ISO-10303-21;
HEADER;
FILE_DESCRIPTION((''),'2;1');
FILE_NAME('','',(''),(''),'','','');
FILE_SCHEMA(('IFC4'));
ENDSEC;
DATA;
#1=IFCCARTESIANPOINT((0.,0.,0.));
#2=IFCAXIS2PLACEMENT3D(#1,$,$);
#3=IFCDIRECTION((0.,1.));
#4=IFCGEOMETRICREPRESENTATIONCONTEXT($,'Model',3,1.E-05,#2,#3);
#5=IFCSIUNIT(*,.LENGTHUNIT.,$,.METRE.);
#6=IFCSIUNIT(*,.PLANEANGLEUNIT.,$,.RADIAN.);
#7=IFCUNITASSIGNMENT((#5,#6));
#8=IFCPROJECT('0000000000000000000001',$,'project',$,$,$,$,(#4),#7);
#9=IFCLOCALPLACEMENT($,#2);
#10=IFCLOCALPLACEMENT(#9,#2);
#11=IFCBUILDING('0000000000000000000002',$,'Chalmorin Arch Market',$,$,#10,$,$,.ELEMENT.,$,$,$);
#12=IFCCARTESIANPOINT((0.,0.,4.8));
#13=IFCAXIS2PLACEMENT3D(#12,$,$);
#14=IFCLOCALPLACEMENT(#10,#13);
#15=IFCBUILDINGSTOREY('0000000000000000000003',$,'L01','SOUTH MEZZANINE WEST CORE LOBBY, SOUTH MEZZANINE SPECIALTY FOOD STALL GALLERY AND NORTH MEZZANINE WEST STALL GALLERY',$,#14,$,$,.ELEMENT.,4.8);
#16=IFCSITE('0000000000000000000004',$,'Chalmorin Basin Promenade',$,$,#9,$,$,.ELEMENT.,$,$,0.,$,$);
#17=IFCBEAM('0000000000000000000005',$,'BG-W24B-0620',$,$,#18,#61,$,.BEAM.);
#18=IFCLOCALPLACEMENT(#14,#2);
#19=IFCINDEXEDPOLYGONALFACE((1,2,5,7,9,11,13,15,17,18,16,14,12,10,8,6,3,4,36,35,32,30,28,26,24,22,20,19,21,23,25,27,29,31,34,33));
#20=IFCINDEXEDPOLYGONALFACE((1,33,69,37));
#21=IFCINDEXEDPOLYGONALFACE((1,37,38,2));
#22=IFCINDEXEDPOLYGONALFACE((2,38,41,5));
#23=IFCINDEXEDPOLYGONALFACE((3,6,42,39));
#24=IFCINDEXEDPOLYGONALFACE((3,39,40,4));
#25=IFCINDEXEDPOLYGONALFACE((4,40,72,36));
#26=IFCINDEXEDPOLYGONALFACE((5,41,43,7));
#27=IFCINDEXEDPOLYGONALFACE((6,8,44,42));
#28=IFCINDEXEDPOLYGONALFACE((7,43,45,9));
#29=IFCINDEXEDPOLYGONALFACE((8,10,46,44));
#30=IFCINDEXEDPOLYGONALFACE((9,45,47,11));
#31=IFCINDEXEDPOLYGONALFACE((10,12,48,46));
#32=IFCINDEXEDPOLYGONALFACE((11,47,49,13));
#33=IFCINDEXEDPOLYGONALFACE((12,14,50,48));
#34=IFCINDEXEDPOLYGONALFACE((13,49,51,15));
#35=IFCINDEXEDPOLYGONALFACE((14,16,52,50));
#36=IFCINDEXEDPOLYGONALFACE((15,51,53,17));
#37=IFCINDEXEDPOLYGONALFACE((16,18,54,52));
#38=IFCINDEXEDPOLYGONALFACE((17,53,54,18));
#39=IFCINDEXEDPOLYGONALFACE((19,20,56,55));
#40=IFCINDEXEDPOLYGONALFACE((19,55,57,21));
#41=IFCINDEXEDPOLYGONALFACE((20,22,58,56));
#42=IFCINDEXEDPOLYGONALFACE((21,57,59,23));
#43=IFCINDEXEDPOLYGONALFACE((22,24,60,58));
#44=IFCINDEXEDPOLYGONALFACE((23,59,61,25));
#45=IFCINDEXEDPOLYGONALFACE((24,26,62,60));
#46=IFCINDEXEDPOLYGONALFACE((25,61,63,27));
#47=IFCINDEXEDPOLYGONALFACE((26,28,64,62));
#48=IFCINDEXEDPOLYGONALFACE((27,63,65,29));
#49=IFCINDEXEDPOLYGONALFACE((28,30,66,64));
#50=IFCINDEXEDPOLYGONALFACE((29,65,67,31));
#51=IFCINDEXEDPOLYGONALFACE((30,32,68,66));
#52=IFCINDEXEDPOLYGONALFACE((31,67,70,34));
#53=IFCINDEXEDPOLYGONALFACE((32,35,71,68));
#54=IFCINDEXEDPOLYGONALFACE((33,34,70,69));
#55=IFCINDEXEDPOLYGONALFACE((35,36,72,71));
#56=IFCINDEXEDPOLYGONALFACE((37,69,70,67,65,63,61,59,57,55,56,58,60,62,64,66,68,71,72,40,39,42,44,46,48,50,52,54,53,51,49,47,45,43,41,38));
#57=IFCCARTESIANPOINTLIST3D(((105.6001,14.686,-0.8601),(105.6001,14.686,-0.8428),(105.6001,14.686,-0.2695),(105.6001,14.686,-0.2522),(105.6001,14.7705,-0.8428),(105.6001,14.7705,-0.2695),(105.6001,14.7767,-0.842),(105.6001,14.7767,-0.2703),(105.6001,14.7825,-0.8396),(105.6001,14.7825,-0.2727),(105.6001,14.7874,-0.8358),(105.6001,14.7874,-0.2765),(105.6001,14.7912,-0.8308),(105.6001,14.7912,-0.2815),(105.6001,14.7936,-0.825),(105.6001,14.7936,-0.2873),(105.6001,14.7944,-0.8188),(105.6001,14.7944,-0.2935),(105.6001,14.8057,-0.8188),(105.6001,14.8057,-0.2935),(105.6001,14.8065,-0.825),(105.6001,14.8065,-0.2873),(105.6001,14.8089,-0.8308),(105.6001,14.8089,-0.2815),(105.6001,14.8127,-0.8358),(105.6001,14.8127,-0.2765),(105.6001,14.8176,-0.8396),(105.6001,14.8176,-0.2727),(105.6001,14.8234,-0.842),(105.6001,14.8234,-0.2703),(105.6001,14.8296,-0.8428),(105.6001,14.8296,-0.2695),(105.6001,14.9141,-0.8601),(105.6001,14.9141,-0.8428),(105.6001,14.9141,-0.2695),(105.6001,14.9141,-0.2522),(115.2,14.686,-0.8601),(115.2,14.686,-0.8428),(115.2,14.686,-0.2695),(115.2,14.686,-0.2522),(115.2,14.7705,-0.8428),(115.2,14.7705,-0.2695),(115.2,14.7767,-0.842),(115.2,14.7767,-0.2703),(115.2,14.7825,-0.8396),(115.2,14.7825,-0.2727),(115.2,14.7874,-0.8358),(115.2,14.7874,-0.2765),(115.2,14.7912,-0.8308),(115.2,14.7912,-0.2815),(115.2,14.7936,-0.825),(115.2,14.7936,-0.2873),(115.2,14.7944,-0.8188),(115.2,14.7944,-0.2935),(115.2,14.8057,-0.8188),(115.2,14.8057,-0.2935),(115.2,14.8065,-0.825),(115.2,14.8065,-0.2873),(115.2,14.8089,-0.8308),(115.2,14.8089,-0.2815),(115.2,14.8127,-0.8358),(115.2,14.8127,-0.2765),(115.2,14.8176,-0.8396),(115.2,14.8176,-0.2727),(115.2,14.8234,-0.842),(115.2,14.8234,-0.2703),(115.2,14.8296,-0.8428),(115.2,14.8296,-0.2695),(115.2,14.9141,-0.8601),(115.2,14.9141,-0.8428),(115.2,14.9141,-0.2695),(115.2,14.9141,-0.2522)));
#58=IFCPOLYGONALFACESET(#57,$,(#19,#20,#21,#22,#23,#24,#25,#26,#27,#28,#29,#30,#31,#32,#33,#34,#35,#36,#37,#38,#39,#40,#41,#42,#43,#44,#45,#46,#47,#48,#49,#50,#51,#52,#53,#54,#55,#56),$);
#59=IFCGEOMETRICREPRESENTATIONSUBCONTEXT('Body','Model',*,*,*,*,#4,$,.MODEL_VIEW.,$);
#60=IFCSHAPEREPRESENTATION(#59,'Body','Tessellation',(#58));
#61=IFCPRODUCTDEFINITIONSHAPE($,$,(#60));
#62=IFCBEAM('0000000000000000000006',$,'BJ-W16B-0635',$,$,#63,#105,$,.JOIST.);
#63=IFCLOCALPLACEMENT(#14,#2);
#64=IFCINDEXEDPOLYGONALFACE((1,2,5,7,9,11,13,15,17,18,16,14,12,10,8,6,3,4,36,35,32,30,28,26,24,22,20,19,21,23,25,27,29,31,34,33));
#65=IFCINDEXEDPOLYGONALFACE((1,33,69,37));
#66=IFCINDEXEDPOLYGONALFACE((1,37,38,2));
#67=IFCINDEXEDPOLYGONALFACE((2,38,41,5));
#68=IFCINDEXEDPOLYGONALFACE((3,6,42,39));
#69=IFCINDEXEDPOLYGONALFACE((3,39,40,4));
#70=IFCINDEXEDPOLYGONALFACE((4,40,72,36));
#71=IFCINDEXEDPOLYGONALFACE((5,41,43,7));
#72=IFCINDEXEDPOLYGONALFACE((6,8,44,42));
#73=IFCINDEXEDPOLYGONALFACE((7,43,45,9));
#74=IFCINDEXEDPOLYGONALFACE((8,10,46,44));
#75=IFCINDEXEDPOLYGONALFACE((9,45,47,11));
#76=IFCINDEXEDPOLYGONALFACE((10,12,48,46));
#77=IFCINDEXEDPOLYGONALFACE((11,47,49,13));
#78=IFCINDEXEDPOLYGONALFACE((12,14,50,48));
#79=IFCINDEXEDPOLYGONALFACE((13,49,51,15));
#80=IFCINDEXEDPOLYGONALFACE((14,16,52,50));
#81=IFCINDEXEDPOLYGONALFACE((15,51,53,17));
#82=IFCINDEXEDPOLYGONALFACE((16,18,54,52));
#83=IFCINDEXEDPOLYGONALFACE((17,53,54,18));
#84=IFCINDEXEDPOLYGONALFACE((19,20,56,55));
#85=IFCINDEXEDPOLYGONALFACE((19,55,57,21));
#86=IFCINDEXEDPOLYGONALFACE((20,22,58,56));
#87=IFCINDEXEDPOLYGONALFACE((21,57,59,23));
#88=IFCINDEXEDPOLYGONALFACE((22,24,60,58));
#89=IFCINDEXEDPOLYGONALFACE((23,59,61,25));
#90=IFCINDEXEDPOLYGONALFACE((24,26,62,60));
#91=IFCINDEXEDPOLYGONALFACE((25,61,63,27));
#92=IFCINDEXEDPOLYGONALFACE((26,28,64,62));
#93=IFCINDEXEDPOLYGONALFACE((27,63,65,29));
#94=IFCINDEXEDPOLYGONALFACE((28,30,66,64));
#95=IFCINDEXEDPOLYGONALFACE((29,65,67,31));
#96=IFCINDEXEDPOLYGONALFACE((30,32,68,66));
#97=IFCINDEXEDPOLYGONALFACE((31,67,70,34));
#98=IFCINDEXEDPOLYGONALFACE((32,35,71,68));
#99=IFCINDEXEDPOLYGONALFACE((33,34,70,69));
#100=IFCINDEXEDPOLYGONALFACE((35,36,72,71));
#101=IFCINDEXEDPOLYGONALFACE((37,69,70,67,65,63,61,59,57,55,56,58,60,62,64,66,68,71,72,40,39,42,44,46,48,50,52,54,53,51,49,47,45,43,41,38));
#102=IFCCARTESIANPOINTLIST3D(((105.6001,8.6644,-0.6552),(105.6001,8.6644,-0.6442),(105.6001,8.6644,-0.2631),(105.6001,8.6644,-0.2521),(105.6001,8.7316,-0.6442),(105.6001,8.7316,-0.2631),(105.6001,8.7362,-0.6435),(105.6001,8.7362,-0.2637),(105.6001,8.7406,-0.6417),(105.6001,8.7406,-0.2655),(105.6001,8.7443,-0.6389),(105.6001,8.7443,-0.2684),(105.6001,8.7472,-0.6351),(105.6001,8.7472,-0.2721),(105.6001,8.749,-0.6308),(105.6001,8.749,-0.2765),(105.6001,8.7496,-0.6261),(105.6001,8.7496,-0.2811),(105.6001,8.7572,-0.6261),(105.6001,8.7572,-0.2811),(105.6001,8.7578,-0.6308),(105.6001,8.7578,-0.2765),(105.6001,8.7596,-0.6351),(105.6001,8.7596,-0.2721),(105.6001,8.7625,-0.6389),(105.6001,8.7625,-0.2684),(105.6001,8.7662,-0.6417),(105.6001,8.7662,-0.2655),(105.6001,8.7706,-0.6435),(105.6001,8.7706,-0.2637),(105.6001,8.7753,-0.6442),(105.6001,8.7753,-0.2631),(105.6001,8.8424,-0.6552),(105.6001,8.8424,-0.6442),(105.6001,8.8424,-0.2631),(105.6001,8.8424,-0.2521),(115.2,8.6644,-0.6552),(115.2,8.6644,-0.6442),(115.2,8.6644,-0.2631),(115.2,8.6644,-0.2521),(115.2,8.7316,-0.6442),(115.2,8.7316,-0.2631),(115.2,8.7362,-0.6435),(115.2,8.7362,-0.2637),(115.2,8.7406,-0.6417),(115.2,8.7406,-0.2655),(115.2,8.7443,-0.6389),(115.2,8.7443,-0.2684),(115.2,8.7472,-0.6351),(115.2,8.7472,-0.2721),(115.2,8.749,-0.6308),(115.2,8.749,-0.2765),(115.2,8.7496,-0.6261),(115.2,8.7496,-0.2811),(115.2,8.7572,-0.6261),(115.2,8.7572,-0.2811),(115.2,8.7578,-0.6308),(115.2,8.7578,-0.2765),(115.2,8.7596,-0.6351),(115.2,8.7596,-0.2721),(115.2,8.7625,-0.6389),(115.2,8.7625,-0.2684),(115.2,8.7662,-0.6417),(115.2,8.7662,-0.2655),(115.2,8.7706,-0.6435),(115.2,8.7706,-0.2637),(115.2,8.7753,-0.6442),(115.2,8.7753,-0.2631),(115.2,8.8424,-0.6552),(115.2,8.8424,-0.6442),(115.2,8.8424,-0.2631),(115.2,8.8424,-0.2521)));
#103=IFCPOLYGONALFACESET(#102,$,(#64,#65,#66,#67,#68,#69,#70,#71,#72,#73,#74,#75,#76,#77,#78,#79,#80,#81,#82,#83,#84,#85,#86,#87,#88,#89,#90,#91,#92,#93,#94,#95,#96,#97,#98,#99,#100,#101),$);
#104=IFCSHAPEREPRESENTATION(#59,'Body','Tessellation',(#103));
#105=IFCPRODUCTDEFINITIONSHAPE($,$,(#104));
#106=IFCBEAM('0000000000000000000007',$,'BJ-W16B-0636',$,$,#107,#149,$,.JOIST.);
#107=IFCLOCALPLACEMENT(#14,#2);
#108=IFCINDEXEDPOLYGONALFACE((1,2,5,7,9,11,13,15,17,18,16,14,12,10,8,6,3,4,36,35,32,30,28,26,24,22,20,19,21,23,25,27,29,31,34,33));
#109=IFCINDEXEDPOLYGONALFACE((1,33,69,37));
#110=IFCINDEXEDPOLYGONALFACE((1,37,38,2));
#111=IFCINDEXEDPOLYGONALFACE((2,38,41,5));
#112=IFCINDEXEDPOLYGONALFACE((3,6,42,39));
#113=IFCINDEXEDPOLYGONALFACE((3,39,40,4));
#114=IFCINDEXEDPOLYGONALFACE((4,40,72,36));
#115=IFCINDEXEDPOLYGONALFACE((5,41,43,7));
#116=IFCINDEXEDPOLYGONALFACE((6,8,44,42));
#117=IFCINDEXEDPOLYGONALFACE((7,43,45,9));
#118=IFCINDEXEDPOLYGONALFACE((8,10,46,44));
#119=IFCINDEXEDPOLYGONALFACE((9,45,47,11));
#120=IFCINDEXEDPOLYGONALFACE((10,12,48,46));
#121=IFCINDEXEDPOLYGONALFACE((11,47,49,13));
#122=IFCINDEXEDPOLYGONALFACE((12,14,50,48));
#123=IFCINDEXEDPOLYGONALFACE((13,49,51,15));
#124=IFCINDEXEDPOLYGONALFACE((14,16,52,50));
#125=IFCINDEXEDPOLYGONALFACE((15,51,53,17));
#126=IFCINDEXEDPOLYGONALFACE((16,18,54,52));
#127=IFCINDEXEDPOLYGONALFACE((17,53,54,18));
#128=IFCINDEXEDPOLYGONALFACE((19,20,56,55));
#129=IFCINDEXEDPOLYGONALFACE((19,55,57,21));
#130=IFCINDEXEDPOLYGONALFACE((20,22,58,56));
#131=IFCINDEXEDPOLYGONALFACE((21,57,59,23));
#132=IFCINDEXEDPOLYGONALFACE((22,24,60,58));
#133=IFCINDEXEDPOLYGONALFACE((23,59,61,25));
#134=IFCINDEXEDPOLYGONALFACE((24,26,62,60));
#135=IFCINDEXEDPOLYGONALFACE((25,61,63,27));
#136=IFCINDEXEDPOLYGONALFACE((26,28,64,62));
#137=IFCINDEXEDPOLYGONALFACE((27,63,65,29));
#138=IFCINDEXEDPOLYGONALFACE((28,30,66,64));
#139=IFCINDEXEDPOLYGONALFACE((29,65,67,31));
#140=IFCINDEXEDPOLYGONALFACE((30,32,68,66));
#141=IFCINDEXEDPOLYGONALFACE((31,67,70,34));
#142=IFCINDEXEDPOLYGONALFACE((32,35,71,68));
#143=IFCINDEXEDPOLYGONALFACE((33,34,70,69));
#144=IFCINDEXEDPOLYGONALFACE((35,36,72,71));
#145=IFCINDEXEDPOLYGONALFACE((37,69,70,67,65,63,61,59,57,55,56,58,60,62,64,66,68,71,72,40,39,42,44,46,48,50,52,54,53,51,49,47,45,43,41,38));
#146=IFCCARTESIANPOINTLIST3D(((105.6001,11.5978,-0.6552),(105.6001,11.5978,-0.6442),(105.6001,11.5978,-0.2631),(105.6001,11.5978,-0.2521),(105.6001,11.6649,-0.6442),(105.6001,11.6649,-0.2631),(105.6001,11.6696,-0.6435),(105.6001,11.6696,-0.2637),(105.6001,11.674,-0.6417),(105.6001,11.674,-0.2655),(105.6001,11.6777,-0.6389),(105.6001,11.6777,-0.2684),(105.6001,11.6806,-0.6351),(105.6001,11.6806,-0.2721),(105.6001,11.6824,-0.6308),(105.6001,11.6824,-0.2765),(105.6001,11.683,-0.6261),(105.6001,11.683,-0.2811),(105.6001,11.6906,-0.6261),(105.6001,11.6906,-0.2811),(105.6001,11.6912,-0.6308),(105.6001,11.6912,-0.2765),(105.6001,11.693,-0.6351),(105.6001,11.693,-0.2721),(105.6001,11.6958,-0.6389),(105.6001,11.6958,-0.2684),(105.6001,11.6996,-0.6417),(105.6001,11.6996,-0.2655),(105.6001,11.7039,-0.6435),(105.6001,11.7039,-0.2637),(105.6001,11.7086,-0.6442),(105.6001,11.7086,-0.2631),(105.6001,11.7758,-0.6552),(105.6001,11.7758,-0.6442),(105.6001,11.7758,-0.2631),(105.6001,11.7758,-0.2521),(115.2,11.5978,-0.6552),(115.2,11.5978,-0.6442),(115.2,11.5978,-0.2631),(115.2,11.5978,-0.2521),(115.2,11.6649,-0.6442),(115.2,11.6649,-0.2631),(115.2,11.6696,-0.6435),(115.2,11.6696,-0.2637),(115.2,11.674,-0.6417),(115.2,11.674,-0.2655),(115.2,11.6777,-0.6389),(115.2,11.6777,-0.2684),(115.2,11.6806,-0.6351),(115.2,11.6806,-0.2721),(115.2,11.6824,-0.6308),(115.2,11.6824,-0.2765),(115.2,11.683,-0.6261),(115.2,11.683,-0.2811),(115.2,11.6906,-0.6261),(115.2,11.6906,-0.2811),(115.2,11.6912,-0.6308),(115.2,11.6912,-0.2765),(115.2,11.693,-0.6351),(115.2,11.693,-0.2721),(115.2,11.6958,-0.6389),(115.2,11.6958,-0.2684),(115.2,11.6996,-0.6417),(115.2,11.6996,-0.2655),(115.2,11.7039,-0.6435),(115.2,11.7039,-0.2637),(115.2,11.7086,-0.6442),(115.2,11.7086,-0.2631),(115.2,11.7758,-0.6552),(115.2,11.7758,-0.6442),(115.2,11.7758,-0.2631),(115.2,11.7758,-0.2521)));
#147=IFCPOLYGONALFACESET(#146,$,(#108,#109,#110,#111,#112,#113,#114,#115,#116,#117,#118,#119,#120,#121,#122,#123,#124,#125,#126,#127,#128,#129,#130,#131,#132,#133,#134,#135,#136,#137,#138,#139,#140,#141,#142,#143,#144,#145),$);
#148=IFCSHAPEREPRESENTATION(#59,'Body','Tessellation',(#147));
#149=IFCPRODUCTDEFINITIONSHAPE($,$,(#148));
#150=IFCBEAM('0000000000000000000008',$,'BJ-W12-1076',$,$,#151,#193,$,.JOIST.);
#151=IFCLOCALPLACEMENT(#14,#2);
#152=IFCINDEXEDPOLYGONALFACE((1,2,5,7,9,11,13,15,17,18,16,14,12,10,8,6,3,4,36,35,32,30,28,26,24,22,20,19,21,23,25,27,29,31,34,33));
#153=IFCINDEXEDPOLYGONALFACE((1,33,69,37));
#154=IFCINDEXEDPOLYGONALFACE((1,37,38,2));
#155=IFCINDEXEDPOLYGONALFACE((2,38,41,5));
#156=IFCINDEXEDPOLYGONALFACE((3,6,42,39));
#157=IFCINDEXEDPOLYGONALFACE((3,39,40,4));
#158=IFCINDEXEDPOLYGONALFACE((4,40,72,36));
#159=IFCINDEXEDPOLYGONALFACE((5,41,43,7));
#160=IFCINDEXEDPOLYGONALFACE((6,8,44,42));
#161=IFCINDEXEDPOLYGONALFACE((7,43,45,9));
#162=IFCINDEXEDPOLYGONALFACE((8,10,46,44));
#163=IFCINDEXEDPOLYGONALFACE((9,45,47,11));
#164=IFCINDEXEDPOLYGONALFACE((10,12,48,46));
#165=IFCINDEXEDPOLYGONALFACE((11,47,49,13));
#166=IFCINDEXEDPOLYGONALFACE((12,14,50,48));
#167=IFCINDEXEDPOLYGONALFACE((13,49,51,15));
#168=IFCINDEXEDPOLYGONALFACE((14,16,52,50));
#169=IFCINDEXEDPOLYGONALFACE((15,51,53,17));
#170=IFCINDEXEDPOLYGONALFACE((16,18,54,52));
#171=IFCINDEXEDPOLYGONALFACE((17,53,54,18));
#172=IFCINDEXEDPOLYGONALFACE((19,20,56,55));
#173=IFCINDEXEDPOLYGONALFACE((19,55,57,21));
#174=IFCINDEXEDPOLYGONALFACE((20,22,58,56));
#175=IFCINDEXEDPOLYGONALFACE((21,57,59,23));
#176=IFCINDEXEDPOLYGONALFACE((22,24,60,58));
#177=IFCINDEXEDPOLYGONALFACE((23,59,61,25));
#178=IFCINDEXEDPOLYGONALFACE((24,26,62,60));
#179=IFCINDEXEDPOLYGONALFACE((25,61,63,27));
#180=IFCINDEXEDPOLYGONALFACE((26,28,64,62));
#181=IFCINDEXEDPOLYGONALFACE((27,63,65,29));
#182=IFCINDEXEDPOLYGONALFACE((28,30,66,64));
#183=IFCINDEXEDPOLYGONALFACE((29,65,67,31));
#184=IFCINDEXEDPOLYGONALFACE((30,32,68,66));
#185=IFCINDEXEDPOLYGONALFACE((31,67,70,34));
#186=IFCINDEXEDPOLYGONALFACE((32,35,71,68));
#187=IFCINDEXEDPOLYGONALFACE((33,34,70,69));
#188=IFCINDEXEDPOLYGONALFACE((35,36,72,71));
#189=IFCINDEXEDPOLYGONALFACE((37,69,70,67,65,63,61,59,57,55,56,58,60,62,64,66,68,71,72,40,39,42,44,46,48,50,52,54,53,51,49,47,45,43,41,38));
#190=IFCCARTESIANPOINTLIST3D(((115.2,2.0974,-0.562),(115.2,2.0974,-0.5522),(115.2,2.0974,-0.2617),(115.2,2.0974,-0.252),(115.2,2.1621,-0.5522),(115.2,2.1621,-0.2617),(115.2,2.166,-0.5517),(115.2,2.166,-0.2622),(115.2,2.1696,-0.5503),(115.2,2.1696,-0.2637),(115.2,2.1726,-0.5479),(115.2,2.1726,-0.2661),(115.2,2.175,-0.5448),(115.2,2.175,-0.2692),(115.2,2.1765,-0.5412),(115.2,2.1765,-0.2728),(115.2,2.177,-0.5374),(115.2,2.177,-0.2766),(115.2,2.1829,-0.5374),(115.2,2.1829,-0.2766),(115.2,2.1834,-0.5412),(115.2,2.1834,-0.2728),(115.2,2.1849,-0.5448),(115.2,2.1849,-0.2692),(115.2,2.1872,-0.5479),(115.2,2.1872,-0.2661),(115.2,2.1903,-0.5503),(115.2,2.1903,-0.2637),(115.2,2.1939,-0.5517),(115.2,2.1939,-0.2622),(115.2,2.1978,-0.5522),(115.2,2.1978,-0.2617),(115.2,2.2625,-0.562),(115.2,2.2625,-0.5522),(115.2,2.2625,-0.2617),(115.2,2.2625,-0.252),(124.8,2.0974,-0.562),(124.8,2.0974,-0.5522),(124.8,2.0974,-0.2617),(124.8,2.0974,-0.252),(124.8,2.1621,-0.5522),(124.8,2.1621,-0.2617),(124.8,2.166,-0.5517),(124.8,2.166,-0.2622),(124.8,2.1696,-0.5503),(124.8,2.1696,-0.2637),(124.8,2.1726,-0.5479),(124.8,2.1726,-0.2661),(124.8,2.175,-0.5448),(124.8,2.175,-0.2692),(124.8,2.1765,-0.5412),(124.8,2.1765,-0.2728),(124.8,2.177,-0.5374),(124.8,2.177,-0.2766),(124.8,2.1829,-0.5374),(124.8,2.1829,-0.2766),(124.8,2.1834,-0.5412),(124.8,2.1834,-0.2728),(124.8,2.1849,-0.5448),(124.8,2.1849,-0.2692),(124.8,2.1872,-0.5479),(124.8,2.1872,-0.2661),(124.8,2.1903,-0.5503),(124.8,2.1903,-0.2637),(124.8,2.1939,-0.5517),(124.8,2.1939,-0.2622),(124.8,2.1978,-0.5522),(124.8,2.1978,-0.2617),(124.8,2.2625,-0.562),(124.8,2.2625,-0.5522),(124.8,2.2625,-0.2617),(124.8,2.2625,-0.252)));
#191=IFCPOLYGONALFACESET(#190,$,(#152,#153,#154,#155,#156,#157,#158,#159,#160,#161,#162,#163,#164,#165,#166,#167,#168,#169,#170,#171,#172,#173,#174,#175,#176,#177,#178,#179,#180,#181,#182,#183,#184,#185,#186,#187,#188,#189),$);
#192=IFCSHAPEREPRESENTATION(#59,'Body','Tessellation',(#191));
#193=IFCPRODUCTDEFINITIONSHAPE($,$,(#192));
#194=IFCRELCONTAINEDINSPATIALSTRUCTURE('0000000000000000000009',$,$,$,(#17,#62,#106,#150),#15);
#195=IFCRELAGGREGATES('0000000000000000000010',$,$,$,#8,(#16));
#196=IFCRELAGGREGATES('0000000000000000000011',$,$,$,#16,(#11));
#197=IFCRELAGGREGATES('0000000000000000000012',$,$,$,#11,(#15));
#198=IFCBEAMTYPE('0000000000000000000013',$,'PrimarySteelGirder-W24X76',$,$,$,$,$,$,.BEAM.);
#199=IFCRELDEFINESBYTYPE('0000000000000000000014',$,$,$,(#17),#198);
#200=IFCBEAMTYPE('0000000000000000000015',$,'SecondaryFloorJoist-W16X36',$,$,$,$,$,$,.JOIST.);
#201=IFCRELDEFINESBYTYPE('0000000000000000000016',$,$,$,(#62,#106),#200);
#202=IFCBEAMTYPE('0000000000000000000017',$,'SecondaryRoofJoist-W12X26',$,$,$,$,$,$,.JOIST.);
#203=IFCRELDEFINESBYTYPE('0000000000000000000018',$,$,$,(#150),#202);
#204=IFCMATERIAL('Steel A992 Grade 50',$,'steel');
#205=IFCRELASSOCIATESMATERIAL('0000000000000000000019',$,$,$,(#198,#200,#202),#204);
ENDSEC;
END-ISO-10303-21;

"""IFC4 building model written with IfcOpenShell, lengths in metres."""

from ifc_helpers import new_model, si_unit, direction, frame, origin, origin_2d, place, context, subcontext, project, spatial, i_section, extrude, material, material_profile, profile_set, type_object, element, save


model = new_model("IFC4")

# Units and contexts
model_context = context("Model", 3, precision=1e-05, world=origin(), true_north=direction((0.0, 1.0)))
body_context = subcontext(model_context, "Body", "Model", "MODEL_VIEW")
ifc_project = project(units=[si_unit("LENGTHUNIT", "METRE"), si_unit("PLANEANGLEUNIT", "RADIAN")], contexts=[model_context])

# Site, building, storey
site_placement = place(None, origin())
site = spatial("IfcSite", under=ifc_project, at=site_placement, Name="Chalmorin Basin Promenade", CompositionType="ELEMENT", RefElevation=0.0)
building_placement = place(site_placement, origin())
building = spatial("IfcBuilding", under=site, at=building_placement, Name="Chalmorin Arch Market", CompositionType="ELEMENT")
storey_placement = place(building_placement, frame((0.0, 0.0, 4.8)))
storey = spatial("IfcBuildingStorey", under=building, at=storey_placement, Name="L01", Description="SOUTH MEZZANINE WEST CORE LOBBY, SOUTH MEZZANINE SPECIALTY FOOD STALL GALLERY AND NORTH MEZZANINE WEST STALL GALLERY", CompositionType="ELEMENT", Elevation=4.8)

# Beams
ifc_material_1 = material(Name="Steel A992 Grade 50", Category="steel")
ifc_material_profile_1 = material_profile(ifc_material_1, i_section(OverallWidth=0.228, OverallDepth=0.6079, WebThickness=0.0112, FlangeThickness=0.0173, FilletRadius=0.0239, at=origin_2d()), Name="W24X76")
ifc_profile_set_1 = profile_set([ifc_material_profile_1], Name="Steel A992 Grade 50")
beam_type_1 = type_object("IfcBeamType", Name="PrimarySteelGirder-W24X76", PredefinedType="BEAM", material=ifc_profile_set_1)
beam_1_placement = place(storey_placement, frame((105.6001, 14.8, -0.5562), z_axis=(1.0, 0.0, 0.0), x_axis=(0.0, 1.0, 0.0)))
element("IfcBeam", 1, at=beam_1_placement, inside=storey, type_object=beam_type_1, Name="BG-W24B-0620", PredefinedType="BEAM", context=body_context, shape_type="SweptSolid", body=[
    extrude(i_section(OverallWidth=0.228, OverallDepth=0.6079, WebThickness=0.0112, FlangeThickness=0.0173, FilletRadius=0.0239, at=origin_2d()), origin(), (0.0, 0.0, 1.0), 9.5999),
])
ifc_material_profile_2 = material_profile(ifc_material_1, i_section(OverallWidth=0.178, OverallDepth=0.4031, WebThickness=0.0076, FlangeThickness=0.011, FilletRadius=0.0181, at=origin_2d()), Name="W16X36")
ifc_profile_set_2 = profile_set([ifc_material_profile_2], Name="Steel A992 Grade 50")
beam_type_2 = type_object("IfcBeamType", Name="SecondaryFloorJoist-W16X36", PredefinedType="JOIST", material=ifc_profile_set_2)
for number, where, z_axis, x_axis, name in (
    (2, (105.6001, 8.7534, -0.4536), (1.0, 0.0, 0.0), (0.0, 1.0, 0.0), "BJ-W16B-0635"),
    (3, (105.6001, 11.6868, -0.4536), (1.0, 0.0, 0.0), (0.0, 1.0, 0.0), "BJ-W16B-0636"),
):
    element("IfcBeam", number, at=place(storey_placement, frame(where, z_axis=z_axis, x_axis=x_axis)), inside=storey, type_object=beam_type_2, Name=name, PredefinedType="JOIST", context=body_context, shape_type="SweptSolid", body=[
        extrude(i_section(OverallWidth=0.178, OverallDepth=0.4031, WebThickness=0.0076, FlangeThickness=0.011, FilletRadius=0.0181, at=origin_2d()), origin(), (0.0, 0.0, 1.0), 9.5999),
    ])
ifc_material_profile_3 = material_profile(ifc_material_1, i_section(OverallWidth=0.165, OverallDepth=0.3101, WebThickness=0.0059, FlangeThickness=0.0098, FilletRadius=0.0149, at=origin_2d()), Name="W12X26")
ifc_profile_set_3 = profile_set([ifc_material_profile_3], Name="Steel A992 Grade 50")
beam_type_3 = type_object("IfcBeamType", Name="SecondaryRoofJoist-W12X26", PredefinedType="JOIST", material=ifc_profile_set_3)
beam_2_placement = place(storey_placement, frame((115.2, 2.1799, -0.407), z_axis=(1.0, 0.0, 0.0), x_axis=(0.0, 1.0, 0.0)))
element("IfcBeam", 4, at=beam_2_placement, inside=storey, type_object=beam_type_3, Name="BJ-W12-1076", PredefinedType="JOIST", context=body_context, shape_type="SweptSolid", body=[
    extrude(i_section(OverallWidth=0.165, OverallDepth=0.3101, WebThickness=0.0059, FlangeThickness=0.0098, FilletRadius=0.0149, at=origin_2d()), origin(), (0.0, 0.0, 1.0), 9.6001),
])

save(model, "model.ifc")
